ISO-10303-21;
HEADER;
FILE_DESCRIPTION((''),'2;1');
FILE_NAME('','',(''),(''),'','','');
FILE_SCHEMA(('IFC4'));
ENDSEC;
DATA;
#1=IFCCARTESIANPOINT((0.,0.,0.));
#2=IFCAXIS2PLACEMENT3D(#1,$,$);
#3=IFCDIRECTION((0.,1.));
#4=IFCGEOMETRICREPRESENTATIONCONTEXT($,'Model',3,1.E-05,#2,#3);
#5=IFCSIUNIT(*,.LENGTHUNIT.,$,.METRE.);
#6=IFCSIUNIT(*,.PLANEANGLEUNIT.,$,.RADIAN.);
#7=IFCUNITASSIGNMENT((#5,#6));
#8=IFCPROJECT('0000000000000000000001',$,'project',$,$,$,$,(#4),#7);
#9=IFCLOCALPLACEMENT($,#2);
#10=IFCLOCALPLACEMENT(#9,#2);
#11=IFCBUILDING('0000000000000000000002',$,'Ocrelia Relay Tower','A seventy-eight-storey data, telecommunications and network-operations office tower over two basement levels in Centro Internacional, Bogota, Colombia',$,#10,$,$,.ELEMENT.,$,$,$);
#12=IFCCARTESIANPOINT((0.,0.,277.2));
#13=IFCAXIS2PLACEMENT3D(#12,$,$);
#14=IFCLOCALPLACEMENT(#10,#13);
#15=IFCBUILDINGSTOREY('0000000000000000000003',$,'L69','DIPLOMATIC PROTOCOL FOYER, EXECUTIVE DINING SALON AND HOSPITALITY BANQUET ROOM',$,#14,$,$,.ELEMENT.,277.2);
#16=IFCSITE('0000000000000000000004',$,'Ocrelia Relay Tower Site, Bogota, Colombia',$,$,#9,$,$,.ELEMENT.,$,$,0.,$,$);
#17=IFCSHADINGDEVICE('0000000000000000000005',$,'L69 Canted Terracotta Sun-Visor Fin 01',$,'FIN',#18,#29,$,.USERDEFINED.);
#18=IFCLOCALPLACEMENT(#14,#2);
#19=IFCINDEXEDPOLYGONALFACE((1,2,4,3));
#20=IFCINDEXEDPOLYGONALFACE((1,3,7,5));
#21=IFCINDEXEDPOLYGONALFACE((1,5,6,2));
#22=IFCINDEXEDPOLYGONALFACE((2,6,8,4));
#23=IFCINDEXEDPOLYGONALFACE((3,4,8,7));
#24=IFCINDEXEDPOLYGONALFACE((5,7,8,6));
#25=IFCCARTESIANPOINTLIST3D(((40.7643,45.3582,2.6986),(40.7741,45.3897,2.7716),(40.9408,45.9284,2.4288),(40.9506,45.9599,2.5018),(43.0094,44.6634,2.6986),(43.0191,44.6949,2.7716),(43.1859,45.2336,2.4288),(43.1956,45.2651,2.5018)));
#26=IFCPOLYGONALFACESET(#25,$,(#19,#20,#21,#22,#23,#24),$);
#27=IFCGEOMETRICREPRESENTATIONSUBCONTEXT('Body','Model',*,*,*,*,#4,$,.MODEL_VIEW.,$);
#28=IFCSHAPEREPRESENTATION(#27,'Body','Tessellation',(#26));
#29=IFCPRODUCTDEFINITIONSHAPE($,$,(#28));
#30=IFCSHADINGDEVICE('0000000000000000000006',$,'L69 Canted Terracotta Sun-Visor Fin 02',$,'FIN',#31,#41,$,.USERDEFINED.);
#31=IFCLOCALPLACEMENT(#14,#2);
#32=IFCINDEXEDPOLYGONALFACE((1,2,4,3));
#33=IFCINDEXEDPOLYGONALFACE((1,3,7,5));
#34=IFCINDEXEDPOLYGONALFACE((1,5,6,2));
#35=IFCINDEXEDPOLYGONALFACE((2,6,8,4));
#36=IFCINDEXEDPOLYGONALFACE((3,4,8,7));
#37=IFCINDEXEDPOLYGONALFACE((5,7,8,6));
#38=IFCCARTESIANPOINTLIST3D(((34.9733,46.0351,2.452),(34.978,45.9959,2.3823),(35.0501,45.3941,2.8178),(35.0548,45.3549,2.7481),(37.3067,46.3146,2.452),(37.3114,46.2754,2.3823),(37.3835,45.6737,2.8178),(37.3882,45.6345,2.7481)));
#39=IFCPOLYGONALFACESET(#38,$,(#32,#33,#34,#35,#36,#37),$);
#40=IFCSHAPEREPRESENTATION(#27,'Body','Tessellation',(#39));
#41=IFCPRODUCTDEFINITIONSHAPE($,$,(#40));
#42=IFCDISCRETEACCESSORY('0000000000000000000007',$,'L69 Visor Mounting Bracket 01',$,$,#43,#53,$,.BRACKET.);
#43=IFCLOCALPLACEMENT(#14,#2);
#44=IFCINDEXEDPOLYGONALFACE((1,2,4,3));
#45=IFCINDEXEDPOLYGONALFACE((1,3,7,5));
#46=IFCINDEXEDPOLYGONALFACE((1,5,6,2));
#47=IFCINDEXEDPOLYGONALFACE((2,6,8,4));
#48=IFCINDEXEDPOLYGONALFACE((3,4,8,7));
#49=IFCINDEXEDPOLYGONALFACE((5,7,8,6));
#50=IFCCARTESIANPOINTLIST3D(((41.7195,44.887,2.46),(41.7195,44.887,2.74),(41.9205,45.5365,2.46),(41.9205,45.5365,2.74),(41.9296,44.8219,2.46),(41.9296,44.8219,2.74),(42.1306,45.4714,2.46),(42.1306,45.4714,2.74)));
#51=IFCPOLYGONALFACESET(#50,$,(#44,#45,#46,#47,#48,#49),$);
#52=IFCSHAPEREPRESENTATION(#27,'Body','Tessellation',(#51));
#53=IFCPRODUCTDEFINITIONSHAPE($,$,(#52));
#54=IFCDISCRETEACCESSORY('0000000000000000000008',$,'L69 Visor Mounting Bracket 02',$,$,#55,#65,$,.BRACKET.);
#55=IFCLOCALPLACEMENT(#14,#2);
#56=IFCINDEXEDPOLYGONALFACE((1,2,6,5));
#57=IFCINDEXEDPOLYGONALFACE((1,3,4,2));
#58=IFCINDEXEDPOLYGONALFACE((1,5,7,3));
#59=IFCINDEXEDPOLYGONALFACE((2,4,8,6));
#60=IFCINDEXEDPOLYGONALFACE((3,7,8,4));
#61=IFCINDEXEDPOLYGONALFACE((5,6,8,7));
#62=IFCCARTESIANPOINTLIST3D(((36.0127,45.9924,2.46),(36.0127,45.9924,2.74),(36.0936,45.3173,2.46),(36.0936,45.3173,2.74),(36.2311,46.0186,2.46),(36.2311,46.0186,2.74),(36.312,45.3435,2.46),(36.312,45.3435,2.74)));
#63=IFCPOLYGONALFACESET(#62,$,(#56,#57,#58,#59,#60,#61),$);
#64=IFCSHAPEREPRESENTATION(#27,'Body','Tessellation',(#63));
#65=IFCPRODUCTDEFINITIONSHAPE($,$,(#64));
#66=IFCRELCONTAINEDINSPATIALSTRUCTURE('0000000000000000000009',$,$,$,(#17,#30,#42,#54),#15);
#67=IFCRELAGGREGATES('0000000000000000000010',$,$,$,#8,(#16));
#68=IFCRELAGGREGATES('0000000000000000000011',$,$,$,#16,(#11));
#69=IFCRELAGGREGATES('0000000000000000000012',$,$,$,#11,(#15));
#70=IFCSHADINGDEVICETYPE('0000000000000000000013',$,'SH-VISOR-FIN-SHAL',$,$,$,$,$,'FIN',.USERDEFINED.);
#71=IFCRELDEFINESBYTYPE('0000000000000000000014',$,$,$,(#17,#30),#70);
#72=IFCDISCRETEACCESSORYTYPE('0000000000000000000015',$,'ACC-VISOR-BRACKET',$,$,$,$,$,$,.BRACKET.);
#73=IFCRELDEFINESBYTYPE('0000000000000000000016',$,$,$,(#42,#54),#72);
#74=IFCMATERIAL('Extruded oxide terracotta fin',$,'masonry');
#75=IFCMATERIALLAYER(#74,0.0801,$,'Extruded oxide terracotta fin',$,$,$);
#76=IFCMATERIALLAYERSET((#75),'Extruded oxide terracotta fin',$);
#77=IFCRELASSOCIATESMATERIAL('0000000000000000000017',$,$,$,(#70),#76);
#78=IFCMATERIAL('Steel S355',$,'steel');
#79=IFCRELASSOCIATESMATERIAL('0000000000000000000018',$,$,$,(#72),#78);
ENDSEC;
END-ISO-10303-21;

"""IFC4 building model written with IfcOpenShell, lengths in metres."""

from ifc_helpers import new_model, si_unit, direction, frame, origin, origin_2d, place, context, subcontext, project, spatial, rectangle, extrude, material, layer, layer_set, type_object, element, save


model = new_model("IFC4")

# Units and contexts
model_context = context("Model", 3, precision=1e-05, world=origin(), true_north=direction((0.0, 1.0)))
body_context = subcontext(model_context, "Body", "Model", "MODEL_VIEW")
ifc_project = project(units=[si_unit("LENGTHUNIT", "METRE"), si_unit("PLANEANGLEUNIT", "RADIAN")], contexts=[model_context])

# Site, building, storey
site_placement = place(None, origin())
site = spatial("IfcSite", under=ifc_project, at=site_placement, Name="Ocrelia Relay Tower Site, Bogota, Colombia", CompositionType="ELEMENT", RefElevation=0.0)
building_placement = place(site_placement, origin())
building = spatial("IfcBuilding", under=site, at=building_placement, Name="Ocrelia Relay Tower", Description="A seventy-eight-storey data, telecommunications and network-operations office tower over two basement levels in Centro Internacional, Bogota, Colombia", CompositionType="ELEMENT")
storey_placement = place(building_placement, frame((0.0, 0.0, 277.2)))
storey = spatial("IfcBuildingStorey", under=building, at=storey_placement, Name="L69", Description="DIPLOMATIC PROTOCOL FOYER, EXECUTIVE DINING SALON AND HOSPITALITY BANQUET ROOM", CompositionType="ELEMENT", Elevation=277.2)

# Shared definitions
ifc_material_1 = material(Name="Steel S355", Category="steel")

# Shading devices
ifc_material_2 = material(Name="Extruded oxide terracotta fin", Category="masonry")
ifc_layer_1 = layer(ifc_material_2, 0.0801, Name="Extruded oxide terracotta fin")
ifc_layer_set_1 = layer_set([ifc_layer_1], Name="Extruded oxide terracotta fin")
shading_device_type_1 = type_object("IfcShadingDeviceType", Name="SH-VISOR-FIN-SHAL", ElementType="FIN", PredefinedType="USERDEFINED", material=ifc_layer_set_1)
shading_device_1_placement = place(storey_placement, frame((41.9751, 45.2959, 2.5637), z_axis=(0.121764, 0.39342, 0.91126), x_axis=(-0.955292, 0.295665, 0.0)))
element("IfcShadingDevice", 1, at=shading_device_1_placement, inside=storey, type_object=shading_device_type_1, Name="L69 Canted Terracotta Sun-Visor Fin 01", ObjectType="FIN", PredefinedType="USERDEFINED", context=body_context, shape_type="SweptSolid", body=[
    extrude(rectangle(XDim=2.3501, YDim=0.655, at=origin_2d()), origin(), (0.0, 0.0, 1.0), 0.0801),
])
shading_device_2_placement = place(storey_placement, frame((36.1831, 45.8152, 2.5652), z_axis=(-0.05865, 0.48953, 0.870012), x_axis=(-0.992899, -0.118957, 0.0)))
element("IfcShadingDevice", 2, at=shading_device_2_placement, inside=storey, type_object=shading_device_type_1, Name="L69 Canted Terracotta Sun-Visor Fin 02", ObjectType="FIN", PredefinedType="USERDEFINED", context=body_context, shape_type="SweptSolid", body=[
    extrude(rectangle(XDim=2.3501, YDim=0.7419, at=origin_2d()), origin(), (0.0, 0.0, 1.0), 0.0801),
])

# Discrete accessories
discrete_accessory_type = type_object("IfcDiscreteAccessoryType", Name="ACC-VISOR-BRACKET", PredefinedType="BRACKET", material=ifc_material_1)
for number, where, z_axis, x_axis, name in (
    (3, (41.925, 45.1792, 2.46), (0.0, 0.0, 1.0), (-0.955292, 0.295665, 0.0), "L69 Visor Mounting Bracket 01"),
    (4, (36.1624, 45.668, 2.46), (0.0, 0.0, 1.0), (-0.992899, -0.118957, 0.0), "L69 Visor Mounting Bracket 02"),
):
    element("IfcDiscreteAccessory", number, at=place(storey_placement, frame(where, z_axis=z_axis, x_axis=x_axis)), inside=storey, type_object=discrete_accessory_type, Name=name, PredefinedType="BRACKET", context=body_context, shape_type="SweptSolid", body=[
        extrude(rectangle(XDim=0.22, YDim=0.6799, at=origin_2d()), origin(), (0.0, 0.0, 1.0), 0.28),
    ])

save(model, "model.ifc")
